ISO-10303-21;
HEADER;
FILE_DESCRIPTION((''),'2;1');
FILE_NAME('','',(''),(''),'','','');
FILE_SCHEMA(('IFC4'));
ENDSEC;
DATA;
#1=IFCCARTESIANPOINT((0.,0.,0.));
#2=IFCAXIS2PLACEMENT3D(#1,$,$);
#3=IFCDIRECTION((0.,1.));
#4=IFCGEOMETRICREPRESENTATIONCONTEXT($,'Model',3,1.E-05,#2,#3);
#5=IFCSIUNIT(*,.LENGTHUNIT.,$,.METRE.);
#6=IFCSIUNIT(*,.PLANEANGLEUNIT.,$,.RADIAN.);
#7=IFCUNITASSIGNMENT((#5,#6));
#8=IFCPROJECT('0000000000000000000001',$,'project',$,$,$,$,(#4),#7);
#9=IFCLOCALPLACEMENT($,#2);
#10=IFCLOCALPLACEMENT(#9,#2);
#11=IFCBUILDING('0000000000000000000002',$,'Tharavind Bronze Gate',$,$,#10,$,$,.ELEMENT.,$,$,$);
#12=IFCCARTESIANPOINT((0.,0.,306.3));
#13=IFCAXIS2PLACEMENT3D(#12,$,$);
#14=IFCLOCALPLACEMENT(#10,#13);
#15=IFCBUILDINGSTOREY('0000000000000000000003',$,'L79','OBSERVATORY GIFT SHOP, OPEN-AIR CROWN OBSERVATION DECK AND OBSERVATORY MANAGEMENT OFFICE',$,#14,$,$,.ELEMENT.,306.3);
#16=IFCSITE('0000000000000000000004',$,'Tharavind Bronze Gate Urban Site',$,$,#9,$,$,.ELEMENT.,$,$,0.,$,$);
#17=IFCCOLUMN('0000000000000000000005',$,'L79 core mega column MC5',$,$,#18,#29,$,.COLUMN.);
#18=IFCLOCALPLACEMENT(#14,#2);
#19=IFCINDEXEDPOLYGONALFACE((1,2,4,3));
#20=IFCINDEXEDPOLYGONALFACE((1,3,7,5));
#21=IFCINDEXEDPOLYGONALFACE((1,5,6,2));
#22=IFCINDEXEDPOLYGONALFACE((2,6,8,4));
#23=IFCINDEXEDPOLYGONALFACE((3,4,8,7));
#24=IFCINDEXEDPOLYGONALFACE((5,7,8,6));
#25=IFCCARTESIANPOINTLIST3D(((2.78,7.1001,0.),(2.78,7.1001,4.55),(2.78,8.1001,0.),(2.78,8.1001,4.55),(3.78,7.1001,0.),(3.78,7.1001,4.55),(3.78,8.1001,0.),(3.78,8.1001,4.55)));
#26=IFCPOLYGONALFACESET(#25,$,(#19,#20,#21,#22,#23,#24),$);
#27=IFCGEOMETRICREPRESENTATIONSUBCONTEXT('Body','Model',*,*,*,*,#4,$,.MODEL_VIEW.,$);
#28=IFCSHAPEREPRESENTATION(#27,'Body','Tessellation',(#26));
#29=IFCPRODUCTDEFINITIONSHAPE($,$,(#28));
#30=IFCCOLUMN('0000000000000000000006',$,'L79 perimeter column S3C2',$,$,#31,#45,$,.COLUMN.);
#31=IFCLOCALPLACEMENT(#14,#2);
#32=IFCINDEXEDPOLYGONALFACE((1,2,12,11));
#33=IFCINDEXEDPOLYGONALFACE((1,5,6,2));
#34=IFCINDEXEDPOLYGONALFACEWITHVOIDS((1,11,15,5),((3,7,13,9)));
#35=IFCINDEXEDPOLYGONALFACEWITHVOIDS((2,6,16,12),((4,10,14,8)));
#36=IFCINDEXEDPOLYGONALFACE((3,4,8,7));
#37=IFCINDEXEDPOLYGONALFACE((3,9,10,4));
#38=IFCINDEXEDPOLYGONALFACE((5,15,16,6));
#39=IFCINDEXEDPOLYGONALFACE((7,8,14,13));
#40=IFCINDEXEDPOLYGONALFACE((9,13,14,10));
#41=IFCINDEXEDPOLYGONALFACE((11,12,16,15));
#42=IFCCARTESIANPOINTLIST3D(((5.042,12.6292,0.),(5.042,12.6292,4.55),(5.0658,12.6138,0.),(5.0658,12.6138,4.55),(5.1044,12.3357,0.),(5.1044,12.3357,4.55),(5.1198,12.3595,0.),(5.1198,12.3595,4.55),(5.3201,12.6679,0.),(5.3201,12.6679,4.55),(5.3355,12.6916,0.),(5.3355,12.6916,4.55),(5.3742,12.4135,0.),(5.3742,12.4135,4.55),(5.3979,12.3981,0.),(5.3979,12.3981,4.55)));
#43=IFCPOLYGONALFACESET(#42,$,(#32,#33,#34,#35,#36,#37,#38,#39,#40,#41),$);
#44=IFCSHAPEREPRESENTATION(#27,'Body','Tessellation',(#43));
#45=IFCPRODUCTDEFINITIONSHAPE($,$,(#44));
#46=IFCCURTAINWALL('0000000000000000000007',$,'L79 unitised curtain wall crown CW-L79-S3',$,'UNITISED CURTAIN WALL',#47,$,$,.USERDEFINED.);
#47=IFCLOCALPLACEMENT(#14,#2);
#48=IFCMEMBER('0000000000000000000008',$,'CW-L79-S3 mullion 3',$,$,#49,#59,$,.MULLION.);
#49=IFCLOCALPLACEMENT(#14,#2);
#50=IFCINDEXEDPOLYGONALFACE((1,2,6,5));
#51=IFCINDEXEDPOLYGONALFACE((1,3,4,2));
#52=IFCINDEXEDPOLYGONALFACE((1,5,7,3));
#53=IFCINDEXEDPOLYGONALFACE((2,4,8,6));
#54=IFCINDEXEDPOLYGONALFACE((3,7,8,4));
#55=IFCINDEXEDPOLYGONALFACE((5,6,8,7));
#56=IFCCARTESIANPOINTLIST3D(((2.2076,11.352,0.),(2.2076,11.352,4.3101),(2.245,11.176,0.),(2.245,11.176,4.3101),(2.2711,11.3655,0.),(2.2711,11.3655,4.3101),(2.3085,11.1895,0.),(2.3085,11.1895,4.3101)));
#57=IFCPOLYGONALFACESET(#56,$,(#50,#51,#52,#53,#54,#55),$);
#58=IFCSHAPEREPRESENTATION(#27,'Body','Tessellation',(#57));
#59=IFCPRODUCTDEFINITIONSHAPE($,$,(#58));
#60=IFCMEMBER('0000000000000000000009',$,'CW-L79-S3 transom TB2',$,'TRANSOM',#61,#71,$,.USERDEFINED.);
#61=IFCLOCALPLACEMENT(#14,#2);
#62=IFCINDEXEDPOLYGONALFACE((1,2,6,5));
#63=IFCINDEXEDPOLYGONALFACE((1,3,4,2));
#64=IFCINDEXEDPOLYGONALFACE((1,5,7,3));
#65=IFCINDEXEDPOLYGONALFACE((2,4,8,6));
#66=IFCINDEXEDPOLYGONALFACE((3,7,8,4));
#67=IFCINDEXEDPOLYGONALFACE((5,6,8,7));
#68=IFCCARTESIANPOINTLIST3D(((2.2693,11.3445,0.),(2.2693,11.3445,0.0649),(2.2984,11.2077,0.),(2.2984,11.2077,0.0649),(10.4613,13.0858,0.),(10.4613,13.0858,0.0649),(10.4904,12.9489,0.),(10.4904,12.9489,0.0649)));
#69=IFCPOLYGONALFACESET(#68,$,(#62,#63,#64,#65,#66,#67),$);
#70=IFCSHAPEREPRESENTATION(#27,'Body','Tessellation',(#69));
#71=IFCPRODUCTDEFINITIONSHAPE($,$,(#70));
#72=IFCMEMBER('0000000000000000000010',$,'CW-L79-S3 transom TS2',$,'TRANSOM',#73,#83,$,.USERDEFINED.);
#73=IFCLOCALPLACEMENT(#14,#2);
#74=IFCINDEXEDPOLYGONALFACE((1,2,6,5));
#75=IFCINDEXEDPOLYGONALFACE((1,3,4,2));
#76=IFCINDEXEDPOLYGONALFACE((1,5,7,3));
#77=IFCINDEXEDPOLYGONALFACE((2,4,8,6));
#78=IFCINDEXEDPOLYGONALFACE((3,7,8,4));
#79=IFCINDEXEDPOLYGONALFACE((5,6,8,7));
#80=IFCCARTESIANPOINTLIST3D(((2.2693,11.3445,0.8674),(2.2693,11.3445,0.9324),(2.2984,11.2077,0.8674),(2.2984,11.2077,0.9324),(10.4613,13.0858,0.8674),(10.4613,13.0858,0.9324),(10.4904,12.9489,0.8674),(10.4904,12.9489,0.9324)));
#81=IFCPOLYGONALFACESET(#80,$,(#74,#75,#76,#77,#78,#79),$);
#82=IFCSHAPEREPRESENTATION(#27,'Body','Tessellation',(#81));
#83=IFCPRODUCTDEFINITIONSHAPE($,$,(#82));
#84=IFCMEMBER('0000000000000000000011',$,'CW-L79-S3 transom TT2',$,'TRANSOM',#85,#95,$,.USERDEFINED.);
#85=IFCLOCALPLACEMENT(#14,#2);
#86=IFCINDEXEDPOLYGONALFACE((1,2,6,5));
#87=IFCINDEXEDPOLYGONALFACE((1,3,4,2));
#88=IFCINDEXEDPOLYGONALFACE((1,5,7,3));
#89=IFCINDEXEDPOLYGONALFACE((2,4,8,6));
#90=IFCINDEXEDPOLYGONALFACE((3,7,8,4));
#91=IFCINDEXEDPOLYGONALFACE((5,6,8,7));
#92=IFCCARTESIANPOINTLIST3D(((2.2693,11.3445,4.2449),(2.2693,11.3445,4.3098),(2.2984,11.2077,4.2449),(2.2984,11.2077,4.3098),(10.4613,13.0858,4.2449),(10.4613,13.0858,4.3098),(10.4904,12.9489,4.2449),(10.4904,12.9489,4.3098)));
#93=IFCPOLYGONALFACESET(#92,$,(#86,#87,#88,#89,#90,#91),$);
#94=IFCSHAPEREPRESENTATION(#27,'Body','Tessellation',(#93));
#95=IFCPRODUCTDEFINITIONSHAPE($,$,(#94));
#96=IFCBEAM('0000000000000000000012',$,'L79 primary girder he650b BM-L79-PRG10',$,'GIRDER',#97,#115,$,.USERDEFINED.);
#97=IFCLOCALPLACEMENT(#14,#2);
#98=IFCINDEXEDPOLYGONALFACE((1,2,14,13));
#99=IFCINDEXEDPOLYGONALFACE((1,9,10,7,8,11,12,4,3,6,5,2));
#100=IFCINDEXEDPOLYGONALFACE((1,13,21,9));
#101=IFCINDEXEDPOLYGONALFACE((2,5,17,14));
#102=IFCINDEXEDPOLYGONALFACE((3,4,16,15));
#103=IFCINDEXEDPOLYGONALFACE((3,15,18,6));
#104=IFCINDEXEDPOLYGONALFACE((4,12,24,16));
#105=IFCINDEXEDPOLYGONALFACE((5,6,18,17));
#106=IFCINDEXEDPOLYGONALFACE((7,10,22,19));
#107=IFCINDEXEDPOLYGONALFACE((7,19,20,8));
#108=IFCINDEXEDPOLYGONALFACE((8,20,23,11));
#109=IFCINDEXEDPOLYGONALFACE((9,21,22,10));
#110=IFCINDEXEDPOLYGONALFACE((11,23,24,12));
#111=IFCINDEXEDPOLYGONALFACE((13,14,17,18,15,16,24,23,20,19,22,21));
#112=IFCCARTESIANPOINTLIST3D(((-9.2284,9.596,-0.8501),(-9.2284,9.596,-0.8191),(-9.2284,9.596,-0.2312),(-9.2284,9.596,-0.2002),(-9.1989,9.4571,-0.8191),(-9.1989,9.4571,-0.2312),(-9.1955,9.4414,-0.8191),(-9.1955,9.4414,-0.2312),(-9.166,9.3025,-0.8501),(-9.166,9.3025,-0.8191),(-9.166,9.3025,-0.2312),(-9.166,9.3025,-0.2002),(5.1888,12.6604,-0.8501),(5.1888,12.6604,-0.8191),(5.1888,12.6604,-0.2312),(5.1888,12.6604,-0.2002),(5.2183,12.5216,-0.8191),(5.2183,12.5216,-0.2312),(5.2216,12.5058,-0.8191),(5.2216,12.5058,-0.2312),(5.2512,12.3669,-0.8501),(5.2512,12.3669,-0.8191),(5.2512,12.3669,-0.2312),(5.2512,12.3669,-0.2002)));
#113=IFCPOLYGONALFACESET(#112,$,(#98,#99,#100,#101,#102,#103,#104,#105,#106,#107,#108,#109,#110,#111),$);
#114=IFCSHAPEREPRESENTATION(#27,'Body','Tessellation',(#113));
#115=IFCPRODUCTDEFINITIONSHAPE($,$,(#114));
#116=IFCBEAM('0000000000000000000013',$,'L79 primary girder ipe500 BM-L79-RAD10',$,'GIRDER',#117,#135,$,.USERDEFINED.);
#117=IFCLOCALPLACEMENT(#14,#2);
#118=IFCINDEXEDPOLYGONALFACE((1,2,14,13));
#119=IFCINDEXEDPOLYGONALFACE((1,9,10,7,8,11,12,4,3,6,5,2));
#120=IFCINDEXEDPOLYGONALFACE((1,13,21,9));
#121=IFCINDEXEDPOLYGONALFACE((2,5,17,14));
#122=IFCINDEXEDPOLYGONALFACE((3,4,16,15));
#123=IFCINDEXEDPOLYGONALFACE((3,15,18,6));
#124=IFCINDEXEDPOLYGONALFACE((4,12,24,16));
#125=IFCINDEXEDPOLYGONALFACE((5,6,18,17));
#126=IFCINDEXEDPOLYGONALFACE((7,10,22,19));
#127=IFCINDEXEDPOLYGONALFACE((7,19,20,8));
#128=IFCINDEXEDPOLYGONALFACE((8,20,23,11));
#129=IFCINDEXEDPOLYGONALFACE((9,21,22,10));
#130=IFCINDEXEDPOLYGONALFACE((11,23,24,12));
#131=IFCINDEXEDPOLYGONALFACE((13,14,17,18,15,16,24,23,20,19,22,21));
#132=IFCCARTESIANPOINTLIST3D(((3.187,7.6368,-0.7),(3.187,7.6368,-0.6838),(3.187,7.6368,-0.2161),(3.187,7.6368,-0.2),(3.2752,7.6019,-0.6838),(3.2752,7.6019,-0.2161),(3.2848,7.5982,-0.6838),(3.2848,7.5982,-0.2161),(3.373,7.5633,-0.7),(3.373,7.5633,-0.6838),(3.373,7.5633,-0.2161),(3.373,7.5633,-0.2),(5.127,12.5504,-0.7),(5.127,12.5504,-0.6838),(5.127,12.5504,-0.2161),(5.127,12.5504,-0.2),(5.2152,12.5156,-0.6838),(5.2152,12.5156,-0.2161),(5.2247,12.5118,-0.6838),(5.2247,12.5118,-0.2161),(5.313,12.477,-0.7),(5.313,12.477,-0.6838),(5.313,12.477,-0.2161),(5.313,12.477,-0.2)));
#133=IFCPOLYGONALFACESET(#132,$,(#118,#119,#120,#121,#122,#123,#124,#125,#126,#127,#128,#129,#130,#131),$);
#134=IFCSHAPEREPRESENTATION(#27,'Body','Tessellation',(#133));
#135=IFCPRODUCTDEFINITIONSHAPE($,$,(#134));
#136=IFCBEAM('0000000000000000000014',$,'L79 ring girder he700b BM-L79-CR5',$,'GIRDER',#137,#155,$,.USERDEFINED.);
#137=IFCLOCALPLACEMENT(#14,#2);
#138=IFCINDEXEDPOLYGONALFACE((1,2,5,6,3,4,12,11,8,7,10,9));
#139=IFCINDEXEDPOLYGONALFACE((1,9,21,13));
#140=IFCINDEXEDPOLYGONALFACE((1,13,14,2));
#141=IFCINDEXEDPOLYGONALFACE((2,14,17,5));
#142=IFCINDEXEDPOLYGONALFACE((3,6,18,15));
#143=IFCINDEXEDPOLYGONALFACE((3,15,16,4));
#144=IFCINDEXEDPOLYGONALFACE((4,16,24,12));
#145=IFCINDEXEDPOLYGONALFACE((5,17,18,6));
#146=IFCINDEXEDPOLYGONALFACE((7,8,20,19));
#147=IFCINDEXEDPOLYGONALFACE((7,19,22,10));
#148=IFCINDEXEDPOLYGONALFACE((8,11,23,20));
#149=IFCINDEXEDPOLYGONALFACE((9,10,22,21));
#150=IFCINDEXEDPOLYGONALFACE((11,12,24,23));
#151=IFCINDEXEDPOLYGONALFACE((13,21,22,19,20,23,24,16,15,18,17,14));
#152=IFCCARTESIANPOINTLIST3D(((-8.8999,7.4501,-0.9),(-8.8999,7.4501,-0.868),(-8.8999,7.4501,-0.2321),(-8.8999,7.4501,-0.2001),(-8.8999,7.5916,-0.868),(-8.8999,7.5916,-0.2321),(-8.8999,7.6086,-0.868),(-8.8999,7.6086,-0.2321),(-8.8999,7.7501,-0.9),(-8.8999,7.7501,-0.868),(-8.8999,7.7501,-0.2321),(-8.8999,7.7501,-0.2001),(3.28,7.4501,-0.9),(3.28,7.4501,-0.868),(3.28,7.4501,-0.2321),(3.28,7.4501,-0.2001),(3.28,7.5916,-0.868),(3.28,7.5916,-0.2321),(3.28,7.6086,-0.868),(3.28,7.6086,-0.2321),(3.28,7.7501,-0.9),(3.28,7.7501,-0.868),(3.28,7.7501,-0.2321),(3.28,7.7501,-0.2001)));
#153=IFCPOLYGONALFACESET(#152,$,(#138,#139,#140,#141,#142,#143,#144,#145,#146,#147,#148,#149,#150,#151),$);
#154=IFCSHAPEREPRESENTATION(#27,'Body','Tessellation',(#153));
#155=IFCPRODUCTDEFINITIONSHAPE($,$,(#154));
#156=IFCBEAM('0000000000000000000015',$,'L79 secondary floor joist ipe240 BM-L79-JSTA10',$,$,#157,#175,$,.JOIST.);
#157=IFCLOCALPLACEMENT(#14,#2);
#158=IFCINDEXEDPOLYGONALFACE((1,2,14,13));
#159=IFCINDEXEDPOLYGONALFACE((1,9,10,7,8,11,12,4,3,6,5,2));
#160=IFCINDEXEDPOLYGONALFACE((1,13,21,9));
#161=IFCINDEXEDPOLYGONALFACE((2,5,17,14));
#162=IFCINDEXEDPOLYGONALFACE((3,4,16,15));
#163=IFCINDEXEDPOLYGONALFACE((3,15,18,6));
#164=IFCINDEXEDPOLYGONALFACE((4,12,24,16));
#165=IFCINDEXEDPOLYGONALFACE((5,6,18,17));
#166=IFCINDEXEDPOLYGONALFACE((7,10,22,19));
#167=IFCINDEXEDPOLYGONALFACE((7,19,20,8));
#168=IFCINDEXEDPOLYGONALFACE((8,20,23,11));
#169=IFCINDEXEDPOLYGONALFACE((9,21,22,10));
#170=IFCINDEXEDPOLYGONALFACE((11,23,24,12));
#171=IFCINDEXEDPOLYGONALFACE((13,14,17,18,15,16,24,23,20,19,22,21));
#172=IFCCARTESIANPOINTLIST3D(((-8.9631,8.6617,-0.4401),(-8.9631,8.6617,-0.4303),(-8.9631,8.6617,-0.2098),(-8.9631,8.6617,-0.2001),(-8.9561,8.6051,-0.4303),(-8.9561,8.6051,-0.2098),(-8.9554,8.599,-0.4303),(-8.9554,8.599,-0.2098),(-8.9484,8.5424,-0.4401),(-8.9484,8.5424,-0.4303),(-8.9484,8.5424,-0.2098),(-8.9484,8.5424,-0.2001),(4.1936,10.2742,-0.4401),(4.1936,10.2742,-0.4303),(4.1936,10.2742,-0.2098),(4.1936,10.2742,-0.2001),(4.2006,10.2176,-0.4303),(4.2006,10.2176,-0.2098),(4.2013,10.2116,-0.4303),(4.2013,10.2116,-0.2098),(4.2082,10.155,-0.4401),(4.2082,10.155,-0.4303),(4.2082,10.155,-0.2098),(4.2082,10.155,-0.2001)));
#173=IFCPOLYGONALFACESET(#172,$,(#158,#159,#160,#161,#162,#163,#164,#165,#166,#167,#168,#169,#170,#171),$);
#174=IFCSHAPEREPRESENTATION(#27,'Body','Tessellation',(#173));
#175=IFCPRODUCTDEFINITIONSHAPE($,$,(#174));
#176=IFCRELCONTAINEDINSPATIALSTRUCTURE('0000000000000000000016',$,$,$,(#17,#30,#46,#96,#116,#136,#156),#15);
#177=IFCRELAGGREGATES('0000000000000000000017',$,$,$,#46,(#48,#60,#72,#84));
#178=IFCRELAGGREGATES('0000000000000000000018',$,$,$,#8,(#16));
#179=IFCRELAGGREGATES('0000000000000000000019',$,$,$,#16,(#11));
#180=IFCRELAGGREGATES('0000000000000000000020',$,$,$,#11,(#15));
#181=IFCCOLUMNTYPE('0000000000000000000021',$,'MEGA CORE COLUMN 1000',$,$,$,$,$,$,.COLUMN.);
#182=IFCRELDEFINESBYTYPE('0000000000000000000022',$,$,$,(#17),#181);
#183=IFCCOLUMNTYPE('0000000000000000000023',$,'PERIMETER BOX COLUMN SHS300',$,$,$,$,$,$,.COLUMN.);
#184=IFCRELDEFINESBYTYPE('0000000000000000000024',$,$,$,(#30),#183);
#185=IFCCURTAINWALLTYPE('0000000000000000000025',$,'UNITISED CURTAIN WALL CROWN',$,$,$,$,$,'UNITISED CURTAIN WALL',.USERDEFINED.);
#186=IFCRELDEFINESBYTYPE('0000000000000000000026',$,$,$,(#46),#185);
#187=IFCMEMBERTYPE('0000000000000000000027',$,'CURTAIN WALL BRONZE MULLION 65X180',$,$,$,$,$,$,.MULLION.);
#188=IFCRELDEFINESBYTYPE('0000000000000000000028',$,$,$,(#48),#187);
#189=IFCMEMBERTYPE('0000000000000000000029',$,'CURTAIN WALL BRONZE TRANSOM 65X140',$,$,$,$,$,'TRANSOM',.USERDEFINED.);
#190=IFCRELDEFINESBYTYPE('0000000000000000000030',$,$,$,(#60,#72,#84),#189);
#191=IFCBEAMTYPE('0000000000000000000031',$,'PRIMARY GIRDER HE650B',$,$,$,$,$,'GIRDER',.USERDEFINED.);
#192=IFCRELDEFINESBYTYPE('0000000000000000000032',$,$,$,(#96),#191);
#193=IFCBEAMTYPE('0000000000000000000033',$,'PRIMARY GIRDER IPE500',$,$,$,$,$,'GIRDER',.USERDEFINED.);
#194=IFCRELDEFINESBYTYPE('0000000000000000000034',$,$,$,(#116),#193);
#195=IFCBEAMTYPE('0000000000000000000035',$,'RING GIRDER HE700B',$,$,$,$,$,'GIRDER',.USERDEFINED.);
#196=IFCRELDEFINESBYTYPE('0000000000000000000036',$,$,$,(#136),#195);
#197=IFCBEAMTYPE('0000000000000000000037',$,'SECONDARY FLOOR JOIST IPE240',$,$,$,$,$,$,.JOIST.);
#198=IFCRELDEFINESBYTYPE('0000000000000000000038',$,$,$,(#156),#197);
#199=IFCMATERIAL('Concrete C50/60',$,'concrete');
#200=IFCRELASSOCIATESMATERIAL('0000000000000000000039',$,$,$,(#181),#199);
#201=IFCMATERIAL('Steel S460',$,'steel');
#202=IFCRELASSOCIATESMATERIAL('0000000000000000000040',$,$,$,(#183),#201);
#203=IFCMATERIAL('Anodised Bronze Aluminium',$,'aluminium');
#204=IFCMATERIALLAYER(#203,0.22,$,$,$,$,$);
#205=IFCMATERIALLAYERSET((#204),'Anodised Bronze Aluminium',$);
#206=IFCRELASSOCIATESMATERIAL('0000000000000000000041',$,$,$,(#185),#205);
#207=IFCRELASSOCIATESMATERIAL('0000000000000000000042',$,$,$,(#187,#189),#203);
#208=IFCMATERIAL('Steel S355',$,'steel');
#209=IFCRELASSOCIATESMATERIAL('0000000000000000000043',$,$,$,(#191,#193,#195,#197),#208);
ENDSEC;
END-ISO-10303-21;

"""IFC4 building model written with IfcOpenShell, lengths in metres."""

from ifc_helpers import new_model, si_unit, direction, frame, origin, origin_2d, place, context, subcontext, project, spatial, rectangle, hollow_rectangle, i_section, extrude, material, layer, layer_set, material_profile, profile_set, type_object, element, aggregate, save


model = new_model("IFC4")

# Units and contexts
model_context = context("Model", 3, precision=1e-05, world=origin(), true_north=direction((0.0, 1.0)))
body_context = subcontext(model_context, "Body", "Model", "MODEL_VIEW")
ifc_project = project(units=[si_unit("LENGTHUNIT", "METRE"), si_unit("PLANEANGLEUNIT", "RADIAN")], contexts=[model_context])

# Site, building, storey
site_placement = place(None, origin())
site = spatial("IfcSite", under=ifc_project, at=site_placement, Name="Tharavind Bronze Gate Urban Site", CompositionType="ELEMENT", RefElevation=0.0)
building_placement = place(site_placement, origin())
building = spatial("IfcBuilding", under=site, at=building_placement, Name="Tharavind Bronze Gate", CompositionType="ELEMENT")
storey_placement = place(building_placement, frame((0.0, 0.0, 306.3)))
storey = spatial("IfcBuildingStorey", under=building, at=storey_placement, Name="L79", Description="OBSERVATORY GIFT SHOP, OPEN-AIR CROWN OBSERVATION DECK AND OBSERVATORY MANAGEMENT OFFICE", CompositionType="ELEMENT", Elevation=306.3)

# Columns
ifc_material_1 = material(Name="Concrete C50/60", Category="concrete")
ifc_material_profile_1 = material_profile(ifc_material_1, rectangle(XDim=1.0, YDim=1.0, at=origin_2d()), Name="RCCOL1000")
ifc_profile_set_1 = profile_set([ifc_material_profile_1], Name="Concrete C50/60")
column_type_1 = type_object("IfcColumnType", Name="MEGA CORE COLUMN 1000", PredefinedType="COLUMN", material=ifc_profile_set_1)
column_1_placement = place(storey_placement, frame((3.28, 7.6001, 0.0), z_axis=(0.0, 0.0, 1.0), x_axis=(1.0, 0.0, 0.0)))
element("IfcColumn", 1, at=column_1_placement, inside=storey, type_object=column_type_1, Name="L79 core mega column MC5", PredefinedType="COLUMN", context=body_context, shape_type="SweptSolid", body=[
    extrude(rectangle(XDim=1.0, YDim=1.0, at=origin_2d()), origin(), (0.0, 0.0, 1.0), 4.55),
])
ifc_material_2 = material(Name="Steel S460", Category="steel")
ifc_material_profile_2 = material_profile(ifc_material_2, hollow_rectangle(XDim=0.3, YDim=0.3, WallThickness=0.02, at=origin_2d()), Name="SHS300X20")
ifc_profile_set_2 = profile_set([ifc_material_profile_2], Name="Steel S460")
column_type_2 = type_object("IfcColumnType", Name="PERIMETER BOX COLUMN SHS300", PredefinedType="COLUMN", material=ifc_profile_set_2)
column_2_placement = place(storey_placement, frame((5.22, 12.5137, 0.0), z_axis=(0.0, 0.0, 1.0), x_axis=(0.978147, 0.207913, 0.0)))
element("IfcColumn", 2, at=column_2_placement, inside=storey, type_object=column_type_2, Name="L79 perimeter column S3C2", PredefinedType="COLUMN", context=body_context, shape_type="SweptSolid", body=[
    extrude(hollow_rectangle(XDim=0.3, YDim=0.3, WallThickness=0.02, at=origin_2d()), origin(), (0.0, 0.0, 1.0), 4.55),
])

# Curtain wall, members
ifc_material_3 = material(Name="Anodised Bronze Aluminium", Category="aluminium")
ifc_layer_1 = layer(ifc_material_3, 0.22)
ifc_layer_set_1 = layer_set([ifc_layer_1], Name="Anodised Bronze Aluminium")
curtain_wall_type = type_object("IfcCurtainWallType", Name="UNITISED CURTAIN WALL CROWN", ElementType="UNITISED CURTAIN WALL", PredefinedType="USERDEFINED", material=ifc_layer_set_1)
curtain_wall_placement = place(storey_placement, origin())
curtain_wall = element("IfcCurtainWall", 3, at=curtain_wall_placement, inside=storey, type_object=curtain_wall_type, Name="L79 unitised curtain wall crown CW-L79-S3", ObjectType="UNITISED CURTAIN WALL", PredefinedType="USERDEFINED")
member_type_1 = type_object("IfcMemberType", Name="CURTAIN WALL BRONZE MULLION 65X180", PredefinedType="MULLION", material=ifc_material_3)
member_1_placement = place(storey_placement, frame((2.2581, 11.2708, 0.0), z_axis=(0.0, 0.0, 1.0), x_axis=(-0.978148, -0.207912, 0.0)))
member_1 = element("IfcMember", 4, at=member_1_placement, type_object=member_type_1, Name="CW-L79-S3 mullion 3", PredefinedType="MULLION", context=body_context, shape_type="SweptSolid", body=[
    extrude(rectangle(XDim=0.0649, YDim=0.1799, at=origin_2d()), origin(), (0.0, 0.0, 1.0), 4.3101),
])
member_type_2 = type_object("IfcMemberType", Name="CURTAIN WALL BRONZE TRANSOM 65X140", ElementType="TRANSOM", PredefinedType="USERDEFINED", material=ifc_material_3)
member_2_placement = place(storey_placement, frame((6.3799, 12.1467, 0.0), z_axis=(0.0, 0.0, 1.0), x_axis=(-0.978148, -0.207912, 0.0)))
member_2 = element("IfcMember", 5, at=member_2_placement, type_object=member_type_2, Name="CW-L79-S3 transom TB2", ObjectType="TRANSOM", PredefinedType="USERDEFINED", context=body_context, shape_type="SweptSolid", body=[
    extrude(rectangle(XDim=8.375, YDim=0.1399, at=origin_2d()), origin(), (0.0, 0.0, 1.0), 0.0649),
])
member_3_placement = place(storey_placement, frame((6.3799, 12.1467, 0.8674), z_axis=(0.0, 0.0, 1.0), x_axis=(-0.978148, -0.207912, 0.0)))
member_3 = element("IfcMember", 6, at=member_3_placement, type_object=member_type_2, Name="CW-L79-S3 transom TS2", ObjectType="TRANSOM", PredefinedType="USERDEFINED", context=body_context, shape_type="SweptSolid", body=[
    extrude(rectangle(XDim=8.375, YDim=0.1399, at=origin_2d()), origin(), (0.0, 0.0, 1.0), 0.0649),
])
member_4_placement = place(storey_placement, frame((6.3799, 12.1467, 4.2449), z_axis=(0.0, 0.0, 1.0), x_axis=(-0.978148, -0.207912, 0.0)))
member_4 = element("IfcMember", 7, at=member_4_placement, type_object=member_type_2, Name="CW-L79-S3 transom TT2", ObjectType="TRANSOM", PredefinedType="USERDEFINED", context=body_context, shape_type="SweptSolid", body=[
    extrude(rectangle(XDim=8.375, YDim=0.1399, at=origin_2d()), origin(), (0.0, 0.0, 1.0), 0.0649),
])

# Beams
ifc_material_4 = material(Name="Steel S355", Category="steel")
ifc_material_profile_3 = material_profile(ifc_material_4, i_section(OverallWidth=0.3, OverallDepth=0.6499, WebThickness=0.0161, FlangeThickness=0.031, at=origin_2d()), Name="HE650B")
ifc_profile_set_3 = profile_set([ifc_material_profile_3], Name="Steel S355")
beam_type_1 = type_object("IfcBeamType", Name="PRIMARY GIRDER HE650B", ElementType="GIRDER", PredefinedType="USERDEFINED", material=ifc_profile_set_3)
beam_1_placement = place(storey_placement, frame((5.22, 12.5137, -0.5251), z_axis=(-0.978148, -0.20791, 0.0), x_axis=(0.20791, -0.978148, 0.0)))
element("IfcBeam", 8, at=beam_1_placement, inside=storey, type_object=beam_type_1, Name="L79 primary girder he650b BM-L79-PRG10", ObjectType="GIRDER", PredefinedType="USERDEFINED", context=body_context, shape_type="SweptSolid", body=[
    extrude(i_section(OverallWidth=0.3, OverallDepth=0.6499, WebThickness=0.0161, FlangeThickness=0.031, at=origin_2d()), origin(), (0.0, 0.0, 1.0), 14.7393),
])
ifc_material_profile_4 = material_profile(ifc_material_4, i_section(OverallWidth=0.2, OverallDepth=0.5, WebThickness=0.0103, FlangeThickness=0.0161, at=origin_2d()), Name="IPE500")
ifc_profile_set_4 = profile_set([ifc_material_profile_4], Name="Steel S355")
beam_type_2 = type_object("IfcBeamType", Name="PRIMARY GIRDER IPE500", ElementType="GIRDER", PredefinedType="USERDEFINED", material=ifc_profile_set_4)
beam_2_placement = place(storey_placement, frame((5.22, 12.5137, -0.45), z_axis=(-0.367228, -0.930131, 0.0), x_axis=(0.930131, -0.367228, 0.0)))
element("IfcBeam", 9, at=beam_2_placement, inside=storey, type_object=beam_type_2, Name="L79 primary girder ipe500 BM-L79-RAD10", ObjectType="GIRDER", PredefinedType="USERDEFINED", context=body_context, shape_type="SweptSolid", body=[
    extrude(i_section(OverallWidth=0.2, OverallDepth=0.5, WebThickness=0.0103, FlangeThickness=0.0161, at=origin_2d()), origin(), (0.0, 0.0, 1.0), 5.2827),
])
ifc_material_profile_5 = material_profile(ifc_material_4, i_section(OverallWidth=0.3, OverallDepth=0.7, WebThickness=0.0171, FlangeThickness=0.032, at=origin_2d()), Name="HE700B")
ifc_profile_set_5 = profile_set([ifc_material_profile_5], Name="Steel S355")
beam_type_3 = type_object("IfcBeamType", Name="RING GIRDER HE700B", ElementType="GIRDER", PredefinedType="USERDEFINED", material=ifc_profile_set_5)
beam_3_placement = place(storey_placement, frame((3.28, 7.6001, -0.55), z_axis=(-1.0, 0.0, 0.0), x_axis=(0.0, -1.0, 0.0)))
element("IfcBeam", 10, at=beam_3_placement, inside=storey, type_object=beam_type_3, Name="L79 ring girder he700b BM-L79-CR5", ObjectType="GIRDER", PredefinedType="USERDEFINED", context=body_context, shape_type="SweptSolid", body=[
    extrude(i_section(OverallWidth=0.3, OverallDepth=0.7, WebThickness=0.0171, FlangeThickness=0.032, at=origin_2d()), origin(), (0.0, 0.0, 1.0), 12.1799),
])
ifc_material_profile_6 = material_profile(ifc_material_4, i_section(OverallWidth=0.1201, OverallDepth=0.24, WebThickness=0.0061, FlangeThickness=0.0098, at=origin_2d()), Name="IPE240")
ifc_profile_set_6 = profile_set([ifc_material_profile_6], Name="Steel S355")
beam_type_4 = type_object("IfcBeamType", Name="SECONDARY FLOOR JOIST IPE240", PredefinedType="JOIST", material=ifc_profile_set_6)
beam_4_placement = place(storey_placement, frame((4.2009, 10.2146, -0.3201), z_axis=(-0.992573, -0.121654, 0.0), x_axis=(0.121654, -0.992573, 0.0)))
element("IfcBeam", 11, at=beam_4_placement, inside=storey, type_object=beam_type_4, Name="L79 secondary floor joist ipe240 BM-L79-JSTA10", PredefinedType="JOIST", context=body_context, shape_type="SweptSolid", body=[
    extrude(i_section(OverallWidth=0.1201, OverallDepth=0.24, WebThickness=0.0061, FlangeThickness=0.0098, at=origin_2d()), origin(), (0.0, 0.0, 1.0), 13.2551),
])

aggregate(curtain_wall, [member_1, member_2, member_3, member_4])

save(model, "model.ifc")
